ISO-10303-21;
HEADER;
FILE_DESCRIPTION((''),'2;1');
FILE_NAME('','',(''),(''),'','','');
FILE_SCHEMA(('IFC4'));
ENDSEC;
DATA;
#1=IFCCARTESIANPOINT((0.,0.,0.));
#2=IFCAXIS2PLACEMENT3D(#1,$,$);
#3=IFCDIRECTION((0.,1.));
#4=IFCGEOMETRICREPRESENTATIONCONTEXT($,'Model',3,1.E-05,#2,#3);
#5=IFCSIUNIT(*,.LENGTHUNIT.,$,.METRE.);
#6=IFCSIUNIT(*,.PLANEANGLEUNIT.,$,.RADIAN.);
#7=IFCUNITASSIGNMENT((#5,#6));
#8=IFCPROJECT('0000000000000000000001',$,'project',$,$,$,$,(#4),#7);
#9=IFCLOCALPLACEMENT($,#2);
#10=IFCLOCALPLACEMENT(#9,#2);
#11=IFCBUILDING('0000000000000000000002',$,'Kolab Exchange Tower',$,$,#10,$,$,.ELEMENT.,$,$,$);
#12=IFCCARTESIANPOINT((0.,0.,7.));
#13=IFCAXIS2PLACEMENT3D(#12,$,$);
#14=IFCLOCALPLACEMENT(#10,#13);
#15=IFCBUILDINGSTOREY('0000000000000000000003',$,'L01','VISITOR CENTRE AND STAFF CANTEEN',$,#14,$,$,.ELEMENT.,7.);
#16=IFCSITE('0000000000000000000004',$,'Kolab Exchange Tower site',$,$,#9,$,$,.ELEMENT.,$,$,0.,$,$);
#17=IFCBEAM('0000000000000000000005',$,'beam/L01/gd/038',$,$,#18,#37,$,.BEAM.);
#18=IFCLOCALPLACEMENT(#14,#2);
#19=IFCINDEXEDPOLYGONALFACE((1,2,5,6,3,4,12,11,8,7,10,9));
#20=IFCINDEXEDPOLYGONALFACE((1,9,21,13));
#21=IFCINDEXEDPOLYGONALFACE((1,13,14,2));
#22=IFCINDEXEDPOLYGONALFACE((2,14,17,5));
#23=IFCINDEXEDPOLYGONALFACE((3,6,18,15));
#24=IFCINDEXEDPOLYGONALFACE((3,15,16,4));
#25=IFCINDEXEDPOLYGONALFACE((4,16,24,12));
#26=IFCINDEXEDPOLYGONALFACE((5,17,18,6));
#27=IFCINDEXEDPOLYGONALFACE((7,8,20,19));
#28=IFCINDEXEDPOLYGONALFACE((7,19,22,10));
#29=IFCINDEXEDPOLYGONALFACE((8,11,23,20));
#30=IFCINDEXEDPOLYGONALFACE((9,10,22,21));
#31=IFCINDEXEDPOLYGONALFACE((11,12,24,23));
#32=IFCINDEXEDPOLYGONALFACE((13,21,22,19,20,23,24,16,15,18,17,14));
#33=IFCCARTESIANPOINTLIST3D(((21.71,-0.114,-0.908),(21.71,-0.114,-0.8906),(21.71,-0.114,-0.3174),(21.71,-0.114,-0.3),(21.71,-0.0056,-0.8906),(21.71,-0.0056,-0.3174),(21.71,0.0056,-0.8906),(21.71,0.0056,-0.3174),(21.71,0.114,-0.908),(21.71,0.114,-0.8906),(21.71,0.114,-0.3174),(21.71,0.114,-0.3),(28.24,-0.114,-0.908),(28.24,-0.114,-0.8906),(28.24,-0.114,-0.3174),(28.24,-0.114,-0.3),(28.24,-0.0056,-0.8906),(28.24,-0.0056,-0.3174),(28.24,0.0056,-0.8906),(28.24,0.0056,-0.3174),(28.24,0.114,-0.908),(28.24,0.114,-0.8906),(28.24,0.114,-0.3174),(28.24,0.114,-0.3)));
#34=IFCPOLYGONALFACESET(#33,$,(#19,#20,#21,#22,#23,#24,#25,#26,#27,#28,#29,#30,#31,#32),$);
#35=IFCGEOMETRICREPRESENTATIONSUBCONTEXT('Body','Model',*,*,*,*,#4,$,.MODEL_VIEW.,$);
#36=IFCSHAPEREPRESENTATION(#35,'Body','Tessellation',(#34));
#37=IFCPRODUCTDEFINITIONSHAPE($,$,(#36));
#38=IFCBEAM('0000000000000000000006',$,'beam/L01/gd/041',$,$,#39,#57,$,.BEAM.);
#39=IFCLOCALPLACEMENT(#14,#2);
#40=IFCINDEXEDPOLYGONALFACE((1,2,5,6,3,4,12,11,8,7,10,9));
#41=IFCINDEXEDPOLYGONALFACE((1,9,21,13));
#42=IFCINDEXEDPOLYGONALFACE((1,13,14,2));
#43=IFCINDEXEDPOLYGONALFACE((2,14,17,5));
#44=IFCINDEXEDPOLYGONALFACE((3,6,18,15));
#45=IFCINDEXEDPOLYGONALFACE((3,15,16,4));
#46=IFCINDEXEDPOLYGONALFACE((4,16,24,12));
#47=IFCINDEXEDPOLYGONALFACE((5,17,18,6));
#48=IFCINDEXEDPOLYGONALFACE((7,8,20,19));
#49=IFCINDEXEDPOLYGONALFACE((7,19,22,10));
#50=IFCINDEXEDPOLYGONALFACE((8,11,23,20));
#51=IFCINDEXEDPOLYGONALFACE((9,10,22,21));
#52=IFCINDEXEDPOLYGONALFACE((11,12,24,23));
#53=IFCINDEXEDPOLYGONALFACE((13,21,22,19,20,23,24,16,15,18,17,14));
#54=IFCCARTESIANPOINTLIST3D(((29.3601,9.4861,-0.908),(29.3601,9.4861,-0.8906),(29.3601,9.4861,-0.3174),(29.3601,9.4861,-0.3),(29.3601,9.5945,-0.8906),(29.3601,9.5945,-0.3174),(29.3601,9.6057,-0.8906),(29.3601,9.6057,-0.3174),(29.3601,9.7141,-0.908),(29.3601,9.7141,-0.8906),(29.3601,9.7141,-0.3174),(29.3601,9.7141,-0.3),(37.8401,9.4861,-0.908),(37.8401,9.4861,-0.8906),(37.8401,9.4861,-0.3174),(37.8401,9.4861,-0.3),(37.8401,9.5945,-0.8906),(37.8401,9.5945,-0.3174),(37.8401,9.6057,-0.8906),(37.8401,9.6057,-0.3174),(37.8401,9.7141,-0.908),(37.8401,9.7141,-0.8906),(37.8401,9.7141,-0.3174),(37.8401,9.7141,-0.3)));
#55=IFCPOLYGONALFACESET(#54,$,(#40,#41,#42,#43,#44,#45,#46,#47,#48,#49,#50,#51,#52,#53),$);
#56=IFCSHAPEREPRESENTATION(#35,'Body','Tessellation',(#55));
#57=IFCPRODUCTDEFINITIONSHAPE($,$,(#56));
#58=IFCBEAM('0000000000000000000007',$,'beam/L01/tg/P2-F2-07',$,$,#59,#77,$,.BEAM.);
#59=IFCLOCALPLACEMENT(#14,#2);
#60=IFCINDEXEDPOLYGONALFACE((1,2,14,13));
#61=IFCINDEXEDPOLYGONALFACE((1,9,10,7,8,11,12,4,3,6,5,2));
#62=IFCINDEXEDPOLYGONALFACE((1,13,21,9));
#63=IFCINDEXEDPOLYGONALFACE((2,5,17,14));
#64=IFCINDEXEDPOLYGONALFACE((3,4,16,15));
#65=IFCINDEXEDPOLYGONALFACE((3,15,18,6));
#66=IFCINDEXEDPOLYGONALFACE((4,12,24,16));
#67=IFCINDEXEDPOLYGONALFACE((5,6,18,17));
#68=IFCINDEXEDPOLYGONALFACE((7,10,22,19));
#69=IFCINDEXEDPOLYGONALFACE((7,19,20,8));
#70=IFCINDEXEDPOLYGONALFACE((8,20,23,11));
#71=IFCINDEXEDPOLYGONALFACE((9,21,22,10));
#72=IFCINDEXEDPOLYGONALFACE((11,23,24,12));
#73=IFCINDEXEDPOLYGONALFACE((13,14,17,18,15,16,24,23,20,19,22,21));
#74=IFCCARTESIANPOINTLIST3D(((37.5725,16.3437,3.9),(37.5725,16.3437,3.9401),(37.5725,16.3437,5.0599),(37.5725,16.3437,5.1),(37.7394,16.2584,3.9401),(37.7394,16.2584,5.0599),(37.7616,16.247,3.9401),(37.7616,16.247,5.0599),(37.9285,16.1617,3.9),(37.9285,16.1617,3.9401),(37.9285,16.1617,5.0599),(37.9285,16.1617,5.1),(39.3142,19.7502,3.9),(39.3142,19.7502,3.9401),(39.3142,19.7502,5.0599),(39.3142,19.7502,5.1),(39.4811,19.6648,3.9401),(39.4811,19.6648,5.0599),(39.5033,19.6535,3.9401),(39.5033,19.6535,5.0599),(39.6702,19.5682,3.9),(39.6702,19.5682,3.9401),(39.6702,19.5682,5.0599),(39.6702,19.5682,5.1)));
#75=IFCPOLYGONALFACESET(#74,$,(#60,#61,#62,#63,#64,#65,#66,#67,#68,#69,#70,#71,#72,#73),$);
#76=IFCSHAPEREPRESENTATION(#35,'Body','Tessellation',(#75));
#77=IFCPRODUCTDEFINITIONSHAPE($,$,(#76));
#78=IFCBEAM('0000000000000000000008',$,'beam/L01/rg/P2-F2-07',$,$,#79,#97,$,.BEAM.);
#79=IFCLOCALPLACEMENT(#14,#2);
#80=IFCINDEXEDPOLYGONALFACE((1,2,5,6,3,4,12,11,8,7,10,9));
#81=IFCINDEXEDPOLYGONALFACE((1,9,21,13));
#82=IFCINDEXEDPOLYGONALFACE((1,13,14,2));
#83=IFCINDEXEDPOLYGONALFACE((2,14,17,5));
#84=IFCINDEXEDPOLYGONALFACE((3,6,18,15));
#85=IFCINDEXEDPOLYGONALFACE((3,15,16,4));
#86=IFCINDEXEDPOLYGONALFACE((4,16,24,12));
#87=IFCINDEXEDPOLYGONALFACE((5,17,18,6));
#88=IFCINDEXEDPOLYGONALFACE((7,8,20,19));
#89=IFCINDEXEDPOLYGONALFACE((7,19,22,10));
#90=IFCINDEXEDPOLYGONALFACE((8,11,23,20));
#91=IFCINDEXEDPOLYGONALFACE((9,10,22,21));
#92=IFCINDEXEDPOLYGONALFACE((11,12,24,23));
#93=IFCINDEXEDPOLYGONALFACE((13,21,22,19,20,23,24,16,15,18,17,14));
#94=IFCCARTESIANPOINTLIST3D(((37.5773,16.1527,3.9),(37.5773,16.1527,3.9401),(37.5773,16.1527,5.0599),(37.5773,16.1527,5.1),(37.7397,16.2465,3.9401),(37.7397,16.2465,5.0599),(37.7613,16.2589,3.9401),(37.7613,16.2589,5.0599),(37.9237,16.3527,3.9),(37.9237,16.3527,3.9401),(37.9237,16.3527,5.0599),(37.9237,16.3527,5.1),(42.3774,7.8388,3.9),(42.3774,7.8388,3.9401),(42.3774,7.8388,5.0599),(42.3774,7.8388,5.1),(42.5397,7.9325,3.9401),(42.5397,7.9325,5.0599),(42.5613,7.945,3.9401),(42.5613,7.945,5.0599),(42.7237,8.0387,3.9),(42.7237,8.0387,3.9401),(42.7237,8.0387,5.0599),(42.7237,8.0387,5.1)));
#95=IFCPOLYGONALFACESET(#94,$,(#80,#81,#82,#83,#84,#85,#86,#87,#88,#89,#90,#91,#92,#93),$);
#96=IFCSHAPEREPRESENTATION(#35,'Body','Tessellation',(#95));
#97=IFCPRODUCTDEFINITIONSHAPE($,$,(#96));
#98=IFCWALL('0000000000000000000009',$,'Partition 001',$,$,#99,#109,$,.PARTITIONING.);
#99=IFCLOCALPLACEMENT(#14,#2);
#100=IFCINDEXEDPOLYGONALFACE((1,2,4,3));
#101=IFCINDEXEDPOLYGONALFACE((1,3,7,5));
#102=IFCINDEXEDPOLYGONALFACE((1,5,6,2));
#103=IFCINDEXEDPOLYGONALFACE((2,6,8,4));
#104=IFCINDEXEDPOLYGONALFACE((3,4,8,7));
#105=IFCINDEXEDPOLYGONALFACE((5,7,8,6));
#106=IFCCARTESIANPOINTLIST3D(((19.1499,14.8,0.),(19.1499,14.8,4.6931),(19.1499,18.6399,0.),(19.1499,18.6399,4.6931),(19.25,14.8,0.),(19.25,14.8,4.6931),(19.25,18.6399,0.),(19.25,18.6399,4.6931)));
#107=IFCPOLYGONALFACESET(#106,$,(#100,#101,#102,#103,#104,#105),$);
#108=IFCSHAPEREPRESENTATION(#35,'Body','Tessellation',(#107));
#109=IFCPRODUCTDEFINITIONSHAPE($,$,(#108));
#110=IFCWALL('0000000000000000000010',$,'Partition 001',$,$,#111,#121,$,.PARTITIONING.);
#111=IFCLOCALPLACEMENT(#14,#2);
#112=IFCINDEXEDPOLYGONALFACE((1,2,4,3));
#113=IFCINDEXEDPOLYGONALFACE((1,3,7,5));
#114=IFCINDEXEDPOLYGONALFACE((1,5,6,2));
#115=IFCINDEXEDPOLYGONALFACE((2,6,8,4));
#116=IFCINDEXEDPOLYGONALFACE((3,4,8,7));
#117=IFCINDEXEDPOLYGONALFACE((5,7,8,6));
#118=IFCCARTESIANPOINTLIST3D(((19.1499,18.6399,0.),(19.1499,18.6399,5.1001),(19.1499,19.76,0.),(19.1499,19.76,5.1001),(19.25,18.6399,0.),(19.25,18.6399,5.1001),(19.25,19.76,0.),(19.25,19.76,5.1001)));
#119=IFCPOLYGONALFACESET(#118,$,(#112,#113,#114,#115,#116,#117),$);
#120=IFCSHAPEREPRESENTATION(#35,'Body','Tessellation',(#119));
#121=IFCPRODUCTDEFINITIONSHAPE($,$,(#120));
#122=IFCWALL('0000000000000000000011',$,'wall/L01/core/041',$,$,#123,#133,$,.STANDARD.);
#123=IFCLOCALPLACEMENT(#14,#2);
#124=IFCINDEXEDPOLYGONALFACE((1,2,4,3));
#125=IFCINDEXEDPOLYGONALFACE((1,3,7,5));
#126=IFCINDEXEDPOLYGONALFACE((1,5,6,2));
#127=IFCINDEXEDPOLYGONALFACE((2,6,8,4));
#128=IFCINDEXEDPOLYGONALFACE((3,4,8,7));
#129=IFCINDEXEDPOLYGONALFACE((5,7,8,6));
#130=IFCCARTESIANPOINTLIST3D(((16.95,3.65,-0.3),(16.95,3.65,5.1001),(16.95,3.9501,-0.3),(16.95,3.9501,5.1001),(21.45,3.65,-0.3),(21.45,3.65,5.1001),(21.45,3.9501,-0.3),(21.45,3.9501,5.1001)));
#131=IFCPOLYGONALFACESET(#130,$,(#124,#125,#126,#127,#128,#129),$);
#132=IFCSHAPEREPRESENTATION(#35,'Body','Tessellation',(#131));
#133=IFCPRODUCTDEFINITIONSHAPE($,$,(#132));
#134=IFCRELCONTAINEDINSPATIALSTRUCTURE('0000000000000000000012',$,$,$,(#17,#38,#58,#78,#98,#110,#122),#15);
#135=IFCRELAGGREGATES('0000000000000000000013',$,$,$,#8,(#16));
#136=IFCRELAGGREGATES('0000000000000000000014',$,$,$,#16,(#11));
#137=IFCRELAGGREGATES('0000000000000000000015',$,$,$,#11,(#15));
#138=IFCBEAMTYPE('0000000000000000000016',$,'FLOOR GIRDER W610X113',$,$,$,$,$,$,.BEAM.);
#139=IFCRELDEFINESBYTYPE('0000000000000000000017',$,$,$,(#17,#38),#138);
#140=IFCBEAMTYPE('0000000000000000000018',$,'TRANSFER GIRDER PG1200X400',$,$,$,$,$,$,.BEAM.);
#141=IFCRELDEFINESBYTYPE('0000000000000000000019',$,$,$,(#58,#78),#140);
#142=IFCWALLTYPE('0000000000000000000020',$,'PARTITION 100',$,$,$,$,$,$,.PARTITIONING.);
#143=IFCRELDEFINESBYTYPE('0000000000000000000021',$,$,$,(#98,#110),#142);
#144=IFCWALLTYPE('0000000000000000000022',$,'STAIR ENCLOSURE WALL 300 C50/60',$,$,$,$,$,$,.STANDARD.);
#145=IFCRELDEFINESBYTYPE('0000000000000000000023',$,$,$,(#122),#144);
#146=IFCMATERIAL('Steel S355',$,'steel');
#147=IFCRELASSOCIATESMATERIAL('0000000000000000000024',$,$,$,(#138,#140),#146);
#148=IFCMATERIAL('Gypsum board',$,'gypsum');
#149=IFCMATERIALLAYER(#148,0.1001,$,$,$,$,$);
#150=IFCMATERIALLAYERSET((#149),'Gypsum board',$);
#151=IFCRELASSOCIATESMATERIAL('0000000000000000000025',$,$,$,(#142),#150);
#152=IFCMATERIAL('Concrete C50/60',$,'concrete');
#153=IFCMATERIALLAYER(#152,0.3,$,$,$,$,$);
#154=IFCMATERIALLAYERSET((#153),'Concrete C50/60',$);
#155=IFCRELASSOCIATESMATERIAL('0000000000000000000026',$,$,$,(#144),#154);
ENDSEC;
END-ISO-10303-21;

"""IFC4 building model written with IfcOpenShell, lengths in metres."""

from ifc_helpers import new_model, si_unit, direction, frame, frame_2d, origin, origin_2d, place, context, subcontext, project, spatial, rectangle, i_section, extrude, material, layer, layer_set, material_profile, profile_set, type_object, element, save


model = new_model("IFC4")

# Units and contexts
model_context = context("Model", 3, precision=1e-05, world=origin(), true_north=direction((0.0, 1.0)))
body_context = subcontext(model_context, "Body", "Model", "MODEL_VIEW")
ifc_project = project(units=[si_unit("LENGTHUNIT", "METRE"), si_unit("PLANEANGLEUNIT", "RADIAN")], contexts=[model_context])

# Site, building, storey
site_placement = place(None, origin())
site = spatial("IfcSite", under=ifc_project, at=site_placement, Name="Kolab Exchange Tower site", CompositionType="ELEMENT", RefElevation=0.0)
building_placement = place(site_placement, origin())
building = spatial("IfcBuilding", under=site, at=building_placement, Name="Kolab Exchange Tower", CompositionType="ELEMENT")
storey_placement = place(building_placement, frame((0.0, 0.0, 7.0)))
storey = spatial("IfcBuildingStorey", under=building, at=storey_placement, Name="L01", Description="VISITOR CENTRE AND STAFF CANTEEN", CompositionType="ELEMENT", Elevation=7.0)

# Beams
ifc_material_1 = material(Name="Steel S355", Category="steel")
ifc_material_profile_1 = material_profile(ifc_material_1, i_section(OverallWidth=0.228, OverallDepth=0.6079, WebThickness=0.0112, FlangeThickness=0.0173, at=origin_2d()), Name="W610X113")
ifc_profile_set_1 = profile_set([ifc_material_profile_1], Name="Steel S355")
beam_type_1 = type_object("IfcBeamType", Name="FLOOR GIRDER W610X113", PredefinedType="BEAM", material=ifc_profile_set_1)
beam_1_placement = place(storey_placement, frame((21.71, 0.0, -0.604), z_axis=(1.0, 0.0, 0.0), x_axis=(0.0, 1.0, 0.0)))
element("IfcBeam", 1, at=beam_1_placement, inside=storey, type_object=beam_type_1, Name="beam/L01/gd/038", PredefinedType="BEAM", context=body_context, shape_type="SweptSolid", body=[
    extrude(i_section(OverallWidth=0.228, OverallDepth=0.6079, WebThickness=0.0112, FlangeThickness=0.0173, at=origin_2d()), origin(), (0.0, 0.0, 1.0), 6.53),
])
beam_2_placement = place(storey_placement, frame((29.3601, 9.6001, -0.604), z_axis=(1.0, 0.0, 0.0), x_axis=(0.0, 1.0, 0.0)))
element("IfcBeam", 2, at=beam_2_placement, inside=storey, type_object=beam_type_1, Name="beam/L01/gd/041", PredefinedType="BEAM", context=body_context, shape_type="SweptSolid", body=[
    extrude(i_section(OverallWidth=0.228, OverallDepth=0.6079, WebThickness=0.0112, FlangeThickness=0.0173, at=origin_2d()), origin(), (0.0, 0.0, 1.0), 8.48),
])
ifc_material_profile_2 = material_profile(ifc_material_1, i_section(OverallWidth=0.3999, OverallDepth=1.2, WebThickness=0.0249, FlangeThickness=0.04, at=origin_2d()), Name="PG1200X400")
ifc_profile_set_2 = profile_set([ifc_material_profile_2], Name="Steel S355")
beam_type_2 = type_object("IfcBeamType", Name="TRANSFER GIRDER PG1200X400", PredefinedType="BEAM", material=ifc_profile_set_2)
beam_3_placement = place(storey_placement, frame((37.7505, 16.2527, 4.5), z_axis=(0.455236, 0.890371, 0.0), x_axis=(-0.890371, 0.455236, 0.0)))
element("IfcBeam", 3, at=beam_3_placement, inside=storey, type_object=beam_type_2, Name="beam/L01/tg/P2-F2-07", PredefinedType="BEAM", context=body_context, shape_type="SweptSolid", body=[
    extrude(i_section(OverallWidth=0.3999, OverallDepth=1.2, WebThickness=0.0249, FlangeThickness=0.04, at=origin_2d()), origin(), (0.0, 0.0, 1.0), 3.8259),
])
beam_4_placement = place(storey_placement, frame((37.7505, 16.2527, 4.5), z_axis=(0.499998, -0.866026, 0.0), x_axis=(0.866026, 0.499998, 0.0)))
element("IfcBeam", 4, at=beam_4_placement, inside=storey, type_object=beam_type_2, Name="beam/L01/rg/P2-F2-07", PredefinedType="BEAM", context=body_context, shape_type="SweptSolid", body=[
    extrude(i_section(OverallWidth=0.3999, OverallDepth=1.2, WebThickness=0.0249, FlangeThickness=0.04, at=origin_2d()), origin(), (0.0, 0.0, 1.0), 9.6001),
])

# Walls
ifc_material_2 = material(Name="Gypsum board", Category="gypsum")
ifc_layer_1 = layer(ifc_material_2, 0.1001)
ifc_layer_set_1 = layer_set([ifc_layer_1], Name="Gypsum board")
wall_type_1 = type_object("IfcWallType", Name="PARTITION 100", PredefinedType="PARTITIONING", material=ifc_layer_set_1)
wall_1_placement = place(storey_placement, frame((19.2, 14.8, 0.0), z_axis=(0.0, 0.0, 1.0), x_axis=(0.0, 1.0, 0.0)))
element("IfcWall", 5, at=wall_1_placement, inside=storey, type_object=wall_type_1, Name="Partition 001", PredefinedType="PARTITIONING", context=body_context, shape_type="SweptSolid", body=[
    extrude(rectangle(XDim=3.8398, YDim=0.1001, at=frame_2d((1.9199, 0.0))), origin(), (0.0, 0.0, 1.0), 4.6931),
])
wall_2_placement = place(storey_placement, frame((19.2, 18.6399, 0.0), z_axis=(0.0, 0.0, 1.0), x_axis=(0.0, 1.0, 0.0)))
element("IfcWall", 6, at=wall_2_placement, inside=storey, type_object=wall_type_1, Name="Partition 001", PredefinedType="PARTITIONING", context=body_context, shape_type="SweptSolid", body=[
    extrude(rectangle(XDim=1.1201, YDim=0.1001, at=frame_2d((0.5601, 0.0))), origin(), (0.0, 0.0, 1.0), 5.1001),
])
ifc_material_3 = material(Name="Concrete C50/60", Category="concrete")
ifc_layer_2 = layer(ifc_material_3, 0.3)
ifc_layer_set_2 = layer_set([ifc_layer_2], Name="Concrete C50/60")
wall_type_2 = type_object("IfcWallType", Name="STAIR ENCLOSURE WALL 300 C50/60", PredefinedType="STANDARD", material=ifc_layer_set_2)
wall_3_placement = place(storey_placement, frame((16.95, 3.8, -0.3), z_axis=(0.0, 0.0, 1.0), x_axis=(1.0, 0.0, 0.0)))
element("IfcWall", 7, at=wall_3_placement, inside=storey, type_object=wall_type_2, Name="wall/L01/core/041", PredefinedType="STANDARD", context=body_context, shape_type="SweptSolid", body=[
    extrude(rectangle(XDim=4.5, YDim=0.3, at=frame_2d((2.25, 0.0))), origin(), (0.0, 0.0, 1.0), 5.4001),
])

save(model, "model.ifc")
